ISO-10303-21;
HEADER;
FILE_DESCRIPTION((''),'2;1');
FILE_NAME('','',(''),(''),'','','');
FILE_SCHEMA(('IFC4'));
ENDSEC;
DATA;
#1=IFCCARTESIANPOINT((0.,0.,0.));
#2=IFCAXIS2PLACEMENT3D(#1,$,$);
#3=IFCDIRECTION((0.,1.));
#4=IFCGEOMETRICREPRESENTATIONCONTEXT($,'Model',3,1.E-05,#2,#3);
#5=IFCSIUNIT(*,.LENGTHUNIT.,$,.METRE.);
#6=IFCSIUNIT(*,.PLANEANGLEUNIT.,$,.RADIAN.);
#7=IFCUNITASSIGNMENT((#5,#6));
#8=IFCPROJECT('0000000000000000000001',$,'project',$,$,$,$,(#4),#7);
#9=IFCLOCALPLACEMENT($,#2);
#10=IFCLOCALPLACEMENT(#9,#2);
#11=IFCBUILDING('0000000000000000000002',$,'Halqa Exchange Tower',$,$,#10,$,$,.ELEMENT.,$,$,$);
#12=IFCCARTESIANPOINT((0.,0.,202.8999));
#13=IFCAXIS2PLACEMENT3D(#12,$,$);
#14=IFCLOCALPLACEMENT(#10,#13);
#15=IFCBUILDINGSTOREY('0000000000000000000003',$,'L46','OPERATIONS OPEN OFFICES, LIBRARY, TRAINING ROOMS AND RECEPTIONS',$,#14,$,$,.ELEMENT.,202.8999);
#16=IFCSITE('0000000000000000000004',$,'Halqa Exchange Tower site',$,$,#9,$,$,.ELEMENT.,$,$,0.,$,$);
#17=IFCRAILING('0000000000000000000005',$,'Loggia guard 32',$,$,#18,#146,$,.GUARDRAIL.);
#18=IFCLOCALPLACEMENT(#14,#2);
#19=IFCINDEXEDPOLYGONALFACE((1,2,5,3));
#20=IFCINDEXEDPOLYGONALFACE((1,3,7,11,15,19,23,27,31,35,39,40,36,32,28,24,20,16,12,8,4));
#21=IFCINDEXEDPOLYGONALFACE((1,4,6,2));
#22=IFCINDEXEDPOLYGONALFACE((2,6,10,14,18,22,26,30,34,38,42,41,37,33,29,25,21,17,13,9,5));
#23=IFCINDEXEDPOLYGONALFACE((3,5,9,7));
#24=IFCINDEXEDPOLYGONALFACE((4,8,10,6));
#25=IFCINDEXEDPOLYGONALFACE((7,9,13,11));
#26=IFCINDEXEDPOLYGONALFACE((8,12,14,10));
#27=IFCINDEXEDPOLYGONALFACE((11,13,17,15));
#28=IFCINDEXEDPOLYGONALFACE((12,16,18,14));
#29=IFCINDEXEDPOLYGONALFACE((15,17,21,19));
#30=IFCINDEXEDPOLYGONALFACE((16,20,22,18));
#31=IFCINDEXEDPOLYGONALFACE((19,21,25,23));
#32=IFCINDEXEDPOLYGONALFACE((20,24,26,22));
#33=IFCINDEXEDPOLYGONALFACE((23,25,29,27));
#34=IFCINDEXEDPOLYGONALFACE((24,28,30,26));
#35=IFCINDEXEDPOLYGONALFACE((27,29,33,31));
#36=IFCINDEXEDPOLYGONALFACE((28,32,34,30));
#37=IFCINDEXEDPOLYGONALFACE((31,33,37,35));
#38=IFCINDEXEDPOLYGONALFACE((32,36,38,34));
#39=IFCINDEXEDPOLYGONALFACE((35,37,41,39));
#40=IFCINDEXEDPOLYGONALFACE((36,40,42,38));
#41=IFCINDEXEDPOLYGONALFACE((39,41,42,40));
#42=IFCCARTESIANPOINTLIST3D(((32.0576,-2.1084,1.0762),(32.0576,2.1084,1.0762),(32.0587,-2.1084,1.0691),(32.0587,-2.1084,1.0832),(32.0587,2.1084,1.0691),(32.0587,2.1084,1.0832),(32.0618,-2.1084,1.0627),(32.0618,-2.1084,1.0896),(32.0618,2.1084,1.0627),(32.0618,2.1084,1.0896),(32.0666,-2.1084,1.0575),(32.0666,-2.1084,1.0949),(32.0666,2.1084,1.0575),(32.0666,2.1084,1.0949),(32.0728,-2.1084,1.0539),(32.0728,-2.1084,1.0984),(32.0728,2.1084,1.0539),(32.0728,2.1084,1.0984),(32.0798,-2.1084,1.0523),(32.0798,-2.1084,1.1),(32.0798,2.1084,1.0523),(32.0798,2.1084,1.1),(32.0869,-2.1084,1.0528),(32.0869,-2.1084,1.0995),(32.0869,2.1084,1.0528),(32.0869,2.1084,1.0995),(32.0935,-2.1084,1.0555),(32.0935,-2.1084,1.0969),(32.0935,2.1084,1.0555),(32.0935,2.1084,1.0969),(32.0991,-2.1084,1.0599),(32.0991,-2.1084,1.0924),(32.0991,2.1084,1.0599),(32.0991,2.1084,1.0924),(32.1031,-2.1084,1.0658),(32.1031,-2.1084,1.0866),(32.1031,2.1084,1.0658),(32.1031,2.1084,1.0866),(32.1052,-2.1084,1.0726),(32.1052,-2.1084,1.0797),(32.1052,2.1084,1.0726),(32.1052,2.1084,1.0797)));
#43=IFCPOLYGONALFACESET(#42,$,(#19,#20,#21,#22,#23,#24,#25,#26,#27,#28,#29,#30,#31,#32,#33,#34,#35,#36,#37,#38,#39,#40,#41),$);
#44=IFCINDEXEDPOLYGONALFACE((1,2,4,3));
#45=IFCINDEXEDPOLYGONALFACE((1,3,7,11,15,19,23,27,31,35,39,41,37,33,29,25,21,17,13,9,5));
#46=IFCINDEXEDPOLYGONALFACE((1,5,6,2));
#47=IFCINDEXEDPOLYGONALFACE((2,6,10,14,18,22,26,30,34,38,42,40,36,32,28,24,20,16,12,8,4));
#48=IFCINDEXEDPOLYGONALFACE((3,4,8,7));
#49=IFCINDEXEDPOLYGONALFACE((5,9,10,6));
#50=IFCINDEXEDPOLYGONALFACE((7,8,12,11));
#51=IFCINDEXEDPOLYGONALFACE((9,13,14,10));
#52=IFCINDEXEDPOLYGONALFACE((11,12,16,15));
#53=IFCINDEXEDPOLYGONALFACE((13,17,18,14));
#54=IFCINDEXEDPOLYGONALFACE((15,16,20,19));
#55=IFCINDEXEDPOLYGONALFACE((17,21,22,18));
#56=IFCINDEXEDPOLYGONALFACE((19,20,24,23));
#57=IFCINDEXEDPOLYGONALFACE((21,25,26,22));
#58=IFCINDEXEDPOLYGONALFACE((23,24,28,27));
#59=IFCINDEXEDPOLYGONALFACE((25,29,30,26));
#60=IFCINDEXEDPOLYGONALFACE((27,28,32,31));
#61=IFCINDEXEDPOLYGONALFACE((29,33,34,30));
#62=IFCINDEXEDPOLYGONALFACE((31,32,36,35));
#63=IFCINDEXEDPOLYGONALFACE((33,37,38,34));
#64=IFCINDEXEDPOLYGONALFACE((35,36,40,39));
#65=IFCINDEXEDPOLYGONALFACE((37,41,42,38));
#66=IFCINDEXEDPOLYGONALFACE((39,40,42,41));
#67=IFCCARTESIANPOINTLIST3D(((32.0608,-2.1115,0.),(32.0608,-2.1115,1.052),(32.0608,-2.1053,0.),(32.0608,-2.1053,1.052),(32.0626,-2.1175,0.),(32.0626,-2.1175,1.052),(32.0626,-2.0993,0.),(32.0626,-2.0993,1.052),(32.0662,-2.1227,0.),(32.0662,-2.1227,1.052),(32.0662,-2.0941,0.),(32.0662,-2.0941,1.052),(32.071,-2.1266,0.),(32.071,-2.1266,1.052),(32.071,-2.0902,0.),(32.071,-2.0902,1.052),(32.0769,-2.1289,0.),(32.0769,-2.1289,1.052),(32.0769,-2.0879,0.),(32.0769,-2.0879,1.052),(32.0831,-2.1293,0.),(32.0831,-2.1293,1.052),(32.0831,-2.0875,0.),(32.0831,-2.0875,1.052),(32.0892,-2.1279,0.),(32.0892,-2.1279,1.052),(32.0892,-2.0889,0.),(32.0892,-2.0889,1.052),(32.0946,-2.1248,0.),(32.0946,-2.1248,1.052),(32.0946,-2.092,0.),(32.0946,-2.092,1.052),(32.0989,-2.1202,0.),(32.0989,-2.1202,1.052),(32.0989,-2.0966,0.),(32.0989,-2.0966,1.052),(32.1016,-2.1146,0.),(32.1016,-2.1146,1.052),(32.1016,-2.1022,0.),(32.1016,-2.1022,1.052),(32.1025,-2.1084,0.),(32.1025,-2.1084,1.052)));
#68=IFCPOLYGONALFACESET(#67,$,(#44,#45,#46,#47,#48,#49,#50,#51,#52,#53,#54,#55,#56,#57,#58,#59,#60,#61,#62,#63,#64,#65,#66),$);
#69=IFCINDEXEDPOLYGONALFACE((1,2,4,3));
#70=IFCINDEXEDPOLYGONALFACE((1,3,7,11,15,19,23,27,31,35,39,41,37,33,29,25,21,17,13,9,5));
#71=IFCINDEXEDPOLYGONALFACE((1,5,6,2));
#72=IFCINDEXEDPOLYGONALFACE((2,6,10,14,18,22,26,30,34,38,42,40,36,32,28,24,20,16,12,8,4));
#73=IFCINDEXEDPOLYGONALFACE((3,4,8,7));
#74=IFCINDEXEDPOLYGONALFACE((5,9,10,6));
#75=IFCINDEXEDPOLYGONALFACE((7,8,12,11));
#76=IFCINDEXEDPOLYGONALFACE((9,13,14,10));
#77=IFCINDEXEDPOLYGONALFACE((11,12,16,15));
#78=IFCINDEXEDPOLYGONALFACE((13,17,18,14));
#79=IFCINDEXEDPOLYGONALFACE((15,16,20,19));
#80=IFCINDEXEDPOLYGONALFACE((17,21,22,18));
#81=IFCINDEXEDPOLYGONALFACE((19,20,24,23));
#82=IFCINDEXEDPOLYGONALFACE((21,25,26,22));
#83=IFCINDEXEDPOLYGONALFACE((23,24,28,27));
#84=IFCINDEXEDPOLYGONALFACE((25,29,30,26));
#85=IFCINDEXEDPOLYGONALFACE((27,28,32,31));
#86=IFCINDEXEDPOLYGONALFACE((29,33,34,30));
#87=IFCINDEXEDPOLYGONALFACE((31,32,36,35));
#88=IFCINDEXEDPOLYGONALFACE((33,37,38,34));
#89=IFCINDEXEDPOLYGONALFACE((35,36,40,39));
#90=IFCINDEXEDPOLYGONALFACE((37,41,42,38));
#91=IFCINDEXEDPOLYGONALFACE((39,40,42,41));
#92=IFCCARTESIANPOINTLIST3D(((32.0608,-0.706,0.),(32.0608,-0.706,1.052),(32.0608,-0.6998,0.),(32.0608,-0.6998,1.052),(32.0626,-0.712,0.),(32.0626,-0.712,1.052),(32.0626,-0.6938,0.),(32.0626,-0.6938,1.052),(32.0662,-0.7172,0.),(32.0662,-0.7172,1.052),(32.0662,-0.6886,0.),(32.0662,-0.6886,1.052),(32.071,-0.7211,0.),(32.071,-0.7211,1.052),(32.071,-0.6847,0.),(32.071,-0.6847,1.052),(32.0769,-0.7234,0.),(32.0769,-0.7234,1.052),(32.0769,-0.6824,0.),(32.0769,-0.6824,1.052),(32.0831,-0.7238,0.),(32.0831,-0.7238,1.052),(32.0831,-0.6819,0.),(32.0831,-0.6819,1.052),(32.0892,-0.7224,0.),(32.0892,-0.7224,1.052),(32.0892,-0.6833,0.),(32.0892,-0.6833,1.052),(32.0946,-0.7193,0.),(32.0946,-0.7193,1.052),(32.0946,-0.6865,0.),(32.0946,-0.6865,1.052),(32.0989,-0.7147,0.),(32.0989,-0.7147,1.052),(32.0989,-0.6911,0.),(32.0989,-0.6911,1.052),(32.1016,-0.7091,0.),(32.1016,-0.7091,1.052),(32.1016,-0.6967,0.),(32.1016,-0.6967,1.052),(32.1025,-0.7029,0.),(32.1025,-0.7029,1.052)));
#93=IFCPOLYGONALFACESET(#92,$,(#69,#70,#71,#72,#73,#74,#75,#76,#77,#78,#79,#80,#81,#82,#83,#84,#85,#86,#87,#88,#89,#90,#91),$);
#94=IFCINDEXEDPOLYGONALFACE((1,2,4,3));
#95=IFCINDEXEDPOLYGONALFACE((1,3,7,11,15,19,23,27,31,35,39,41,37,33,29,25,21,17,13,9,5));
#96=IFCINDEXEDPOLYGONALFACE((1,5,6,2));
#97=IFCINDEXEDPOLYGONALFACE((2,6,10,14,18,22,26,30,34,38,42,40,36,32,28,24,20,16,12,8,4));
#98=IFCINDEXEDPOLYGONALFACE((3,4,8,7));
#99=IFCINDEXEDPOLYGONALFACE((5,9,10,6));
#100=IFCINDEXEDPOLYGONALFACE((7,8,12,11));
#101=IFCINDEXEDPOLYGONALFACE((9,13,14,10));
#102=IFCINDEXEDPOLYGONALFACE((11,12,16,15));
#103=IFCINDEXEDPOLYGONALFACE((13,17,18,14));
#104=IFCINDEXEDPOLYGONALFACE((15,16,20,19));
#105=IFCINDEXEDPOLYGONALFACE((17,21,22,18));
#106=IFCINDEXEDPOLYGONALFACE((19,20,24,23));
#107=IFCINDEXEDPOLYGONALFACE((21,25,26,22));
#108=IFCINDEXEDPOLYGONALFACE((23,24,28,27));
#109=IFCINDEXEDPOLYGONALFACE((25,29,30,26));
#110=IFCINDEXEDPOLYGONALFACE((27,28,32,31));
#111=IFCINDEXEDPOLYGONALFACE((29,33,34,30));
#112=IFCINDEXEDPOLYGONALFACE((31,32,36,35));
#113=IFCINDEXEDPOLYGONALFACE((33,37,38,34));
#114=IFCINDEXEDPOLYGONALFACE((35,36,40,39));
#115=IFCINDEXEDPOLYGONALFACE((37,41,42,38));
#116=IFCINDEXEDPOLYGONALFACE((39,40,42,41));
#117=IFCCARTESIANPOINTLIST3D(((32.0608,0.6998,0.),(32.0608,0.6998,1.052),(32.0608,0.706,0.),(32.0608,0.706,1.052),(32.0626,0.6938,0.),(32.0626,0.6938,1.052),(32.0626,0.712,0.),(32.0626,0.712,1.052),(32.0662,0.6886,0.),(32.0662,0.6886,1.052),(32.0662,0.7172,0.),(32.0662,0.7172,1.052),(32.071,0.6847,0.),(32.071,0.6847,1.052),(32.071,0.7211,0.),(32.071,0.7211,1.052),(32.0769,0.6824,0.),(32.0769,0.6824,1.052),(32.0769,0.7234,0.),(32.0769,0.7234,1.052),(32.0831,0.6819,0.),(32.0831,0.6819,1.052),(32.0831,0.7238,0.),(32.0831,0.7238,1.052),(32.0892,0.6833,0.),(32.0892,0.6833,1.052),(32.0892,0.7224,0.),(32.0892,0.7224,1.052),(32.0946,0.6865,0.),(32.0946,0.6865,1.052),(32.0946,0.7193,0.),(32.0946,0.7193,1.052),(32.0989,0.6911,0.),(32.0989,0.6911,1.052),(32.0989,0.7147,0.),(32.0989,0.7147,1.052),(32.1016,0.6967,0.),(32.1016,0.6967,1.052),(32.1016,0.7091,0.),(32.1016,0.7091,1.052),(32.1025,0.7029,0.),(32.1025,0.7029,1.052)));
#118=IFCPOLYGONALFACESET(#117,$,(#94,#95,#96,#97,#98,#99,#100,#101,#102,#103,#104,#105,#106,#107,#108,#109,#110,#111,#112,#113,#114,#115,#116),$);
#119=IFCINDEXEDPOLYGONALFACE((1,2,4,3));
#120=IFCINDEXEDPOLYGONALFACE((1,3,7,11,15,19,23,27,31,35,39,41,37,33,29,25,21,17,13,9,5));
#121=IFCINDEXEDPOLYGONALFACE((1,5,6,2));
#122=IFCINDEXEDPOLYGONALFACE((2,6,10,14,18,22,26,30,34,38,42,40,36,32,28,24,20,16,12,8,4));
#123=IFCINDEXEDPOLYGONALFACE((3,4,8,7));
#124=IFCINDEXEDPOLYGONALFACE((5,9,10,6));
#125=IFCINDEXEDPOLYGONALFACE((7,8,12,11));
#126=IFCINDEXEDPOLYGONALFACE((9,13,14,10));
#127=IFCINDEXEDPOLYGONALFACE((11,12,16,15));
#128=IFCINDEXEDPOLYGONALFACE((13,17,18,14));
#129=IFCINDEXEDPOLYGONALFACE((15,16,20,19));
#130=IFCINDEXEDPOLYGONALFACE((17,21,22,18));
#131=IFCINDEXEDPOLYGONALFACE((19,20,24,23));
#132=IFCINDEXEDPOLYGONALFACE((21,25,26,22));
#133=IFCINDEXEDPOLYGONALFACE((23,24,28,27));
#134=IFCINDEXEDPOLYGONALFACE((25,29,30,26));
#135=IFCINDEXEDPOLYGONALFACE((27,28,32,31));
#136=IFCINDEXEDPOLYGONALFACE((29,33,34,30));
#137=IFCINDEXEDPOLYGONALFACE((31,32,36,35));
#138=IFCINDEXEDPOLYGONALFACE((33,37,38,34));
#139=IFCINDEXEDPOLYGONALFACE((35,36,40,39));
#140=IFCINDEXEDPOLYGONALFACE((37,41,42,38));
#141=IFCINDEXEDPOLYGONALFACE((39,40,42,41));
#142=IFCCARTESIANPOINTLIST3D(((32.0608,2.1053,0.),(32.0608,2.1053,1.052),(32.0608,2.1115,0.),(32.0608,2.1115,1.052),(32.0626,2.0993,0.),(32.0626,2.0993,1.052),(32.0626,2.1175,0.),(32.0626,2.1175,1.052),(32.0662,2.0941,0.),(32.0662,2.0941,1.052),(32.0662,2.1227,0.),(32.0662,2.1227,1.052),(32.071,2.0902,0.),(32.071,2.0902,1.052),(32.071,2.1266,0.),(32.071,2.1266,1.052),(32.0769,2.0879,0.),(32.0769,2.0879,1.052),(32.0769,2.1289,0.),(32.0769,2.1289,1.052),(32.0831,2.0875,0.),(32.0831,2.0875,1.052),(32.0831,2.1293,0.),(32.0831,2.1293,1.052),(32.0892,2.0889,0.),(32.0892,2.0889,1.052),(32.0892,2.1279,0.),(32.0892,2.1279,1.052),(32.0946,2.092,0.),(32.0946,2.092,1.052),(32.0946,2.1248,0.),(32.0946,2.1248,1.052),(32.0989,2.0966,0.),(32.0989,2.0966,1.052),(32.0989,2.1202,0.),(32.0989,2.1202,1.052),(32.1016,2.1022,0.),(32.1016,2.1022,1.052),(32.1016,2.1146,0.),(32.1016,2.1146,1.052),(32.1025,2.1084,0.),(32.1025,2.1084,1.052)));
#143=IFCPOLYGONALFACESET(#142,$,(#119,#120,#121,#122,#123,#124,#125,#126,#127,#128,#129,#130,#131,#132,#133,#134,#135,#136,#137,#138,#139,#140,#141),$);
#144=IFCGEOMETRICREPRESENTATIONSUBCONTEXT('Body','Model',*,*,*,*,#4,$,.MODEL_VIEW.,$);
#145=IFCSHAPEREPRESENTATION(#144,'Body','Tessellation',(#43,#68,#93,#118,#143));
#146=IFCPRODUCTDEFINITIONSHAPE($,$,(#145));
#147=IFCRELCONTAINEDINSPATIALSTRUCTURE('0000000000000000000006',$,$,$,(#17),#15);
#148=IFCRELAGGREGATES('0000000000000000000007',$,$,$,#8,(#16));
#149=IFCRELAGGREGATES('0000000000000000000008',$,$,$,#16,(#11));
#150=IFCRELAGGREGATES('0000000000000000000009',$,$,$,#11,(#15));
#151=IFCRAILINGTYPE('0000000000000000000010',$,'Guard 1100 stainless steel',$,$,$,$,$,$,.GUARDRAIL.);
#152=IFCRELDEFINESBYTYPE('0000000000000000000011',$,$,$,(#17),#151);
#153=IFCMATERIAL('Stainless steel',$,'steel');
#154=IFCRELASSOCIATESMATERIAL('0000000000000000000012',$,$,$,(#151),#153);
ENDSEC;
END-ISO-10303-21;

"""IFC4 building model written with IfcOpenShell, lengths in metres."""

from ifc_helpers import new_model, si_unit, direction, frame, origin, origin_2d, place, context, subcontext, project, spatial, circle, extrude, material, type_object, element, save


model = new_model("IFC4")

# Units and contexts
model_context = context("Model", 3, precision=1e-05, world=origin(), true_north=direction((0.0, 1.0)))
body_context = subcontext(model_context, "Body", "Model", "MODEL_VIEW")
ifc_project = project(units=[si_unit("LENGTHUNIT", "METRE"), si_unit("PLANEANGLEUNIT", "RADIAN")], contexts=[model_context])

# Site, building, storey
site_placement = place(None, origin())
site = spatial("IfcSite", under=ifc_project, at=site_placement, Name="Halqa Exchange Tower site", CompositionType="ELEMENT", RefElevation=0.0)
building_placement = place(site_placement, origin())
building = spatial("IfcBuilding", under=site, at=building_placement, Name="Halqa Exchange Tower", CompositionType="ELEMENT")
storey_placement = place(building_placement, frame((0.0, 0.0, 202.8999)))
storey = spatial("IfcBuildingStorey", under=building, at=storey_placement, Name="L46", Description="OPERATIONS OPEN OFFICES, LIBRARY, TRAINING ROOMS AND RECEPTIONS", CompositionType="ELEMENT", Elevation=202.8999)

# Railing
ifc_material_1 = material(Name="Stainless steel", Category="steel")
railing_type = type_object("IfcRailingType", Name="Guard 1100 stainless steel", PredefinedType="GUARDRAIL", material=ifc_material_1)
railing_1_placement = place(storey_placement, frame((32.0815, -2.1084, 0.0)))
element("IfcRailing", 1, at=railing_1_placement, inside=storey, type_object=railing_type, Name="Loggia guard 32", PredefinedType="GUARDRAIL", context=body_context, shape_type="SweptSolid", body=[
    extrude(circle(Radius=0.0239, at=origin_2d()), frame((0.0, 0.0, 1.0762), z_axis=(0.0, 1.0, 0.0), x_axis=(-1.0, 0.0, 0.0)), (0.0, 0.0, 1.0), 4.2168),
    extrude(circle(Radius=0.021, at=origin_2d()), origin(), (0.0, 0.0, 1.0), 1.052),
    extrude(circle(Radius=0.021, at=origin_2d()), frame((0.0, 1.4055, 0.0)), (0.0, 0.0, 1.0), 1.052),
    extrude(circle(Radius=0.021, at=origin_2d()), frame((0.0, 2.8113, 0.0)), (0.0, 0.0, 1.0), 1.052),
    extrude(circle(Radius=0.021, at=origin_2d()), frame((0.0, 4.2168, 0.0)), (0.0, 0.0, 1.0), 1.052),
])

save(model, "model.ifc")
